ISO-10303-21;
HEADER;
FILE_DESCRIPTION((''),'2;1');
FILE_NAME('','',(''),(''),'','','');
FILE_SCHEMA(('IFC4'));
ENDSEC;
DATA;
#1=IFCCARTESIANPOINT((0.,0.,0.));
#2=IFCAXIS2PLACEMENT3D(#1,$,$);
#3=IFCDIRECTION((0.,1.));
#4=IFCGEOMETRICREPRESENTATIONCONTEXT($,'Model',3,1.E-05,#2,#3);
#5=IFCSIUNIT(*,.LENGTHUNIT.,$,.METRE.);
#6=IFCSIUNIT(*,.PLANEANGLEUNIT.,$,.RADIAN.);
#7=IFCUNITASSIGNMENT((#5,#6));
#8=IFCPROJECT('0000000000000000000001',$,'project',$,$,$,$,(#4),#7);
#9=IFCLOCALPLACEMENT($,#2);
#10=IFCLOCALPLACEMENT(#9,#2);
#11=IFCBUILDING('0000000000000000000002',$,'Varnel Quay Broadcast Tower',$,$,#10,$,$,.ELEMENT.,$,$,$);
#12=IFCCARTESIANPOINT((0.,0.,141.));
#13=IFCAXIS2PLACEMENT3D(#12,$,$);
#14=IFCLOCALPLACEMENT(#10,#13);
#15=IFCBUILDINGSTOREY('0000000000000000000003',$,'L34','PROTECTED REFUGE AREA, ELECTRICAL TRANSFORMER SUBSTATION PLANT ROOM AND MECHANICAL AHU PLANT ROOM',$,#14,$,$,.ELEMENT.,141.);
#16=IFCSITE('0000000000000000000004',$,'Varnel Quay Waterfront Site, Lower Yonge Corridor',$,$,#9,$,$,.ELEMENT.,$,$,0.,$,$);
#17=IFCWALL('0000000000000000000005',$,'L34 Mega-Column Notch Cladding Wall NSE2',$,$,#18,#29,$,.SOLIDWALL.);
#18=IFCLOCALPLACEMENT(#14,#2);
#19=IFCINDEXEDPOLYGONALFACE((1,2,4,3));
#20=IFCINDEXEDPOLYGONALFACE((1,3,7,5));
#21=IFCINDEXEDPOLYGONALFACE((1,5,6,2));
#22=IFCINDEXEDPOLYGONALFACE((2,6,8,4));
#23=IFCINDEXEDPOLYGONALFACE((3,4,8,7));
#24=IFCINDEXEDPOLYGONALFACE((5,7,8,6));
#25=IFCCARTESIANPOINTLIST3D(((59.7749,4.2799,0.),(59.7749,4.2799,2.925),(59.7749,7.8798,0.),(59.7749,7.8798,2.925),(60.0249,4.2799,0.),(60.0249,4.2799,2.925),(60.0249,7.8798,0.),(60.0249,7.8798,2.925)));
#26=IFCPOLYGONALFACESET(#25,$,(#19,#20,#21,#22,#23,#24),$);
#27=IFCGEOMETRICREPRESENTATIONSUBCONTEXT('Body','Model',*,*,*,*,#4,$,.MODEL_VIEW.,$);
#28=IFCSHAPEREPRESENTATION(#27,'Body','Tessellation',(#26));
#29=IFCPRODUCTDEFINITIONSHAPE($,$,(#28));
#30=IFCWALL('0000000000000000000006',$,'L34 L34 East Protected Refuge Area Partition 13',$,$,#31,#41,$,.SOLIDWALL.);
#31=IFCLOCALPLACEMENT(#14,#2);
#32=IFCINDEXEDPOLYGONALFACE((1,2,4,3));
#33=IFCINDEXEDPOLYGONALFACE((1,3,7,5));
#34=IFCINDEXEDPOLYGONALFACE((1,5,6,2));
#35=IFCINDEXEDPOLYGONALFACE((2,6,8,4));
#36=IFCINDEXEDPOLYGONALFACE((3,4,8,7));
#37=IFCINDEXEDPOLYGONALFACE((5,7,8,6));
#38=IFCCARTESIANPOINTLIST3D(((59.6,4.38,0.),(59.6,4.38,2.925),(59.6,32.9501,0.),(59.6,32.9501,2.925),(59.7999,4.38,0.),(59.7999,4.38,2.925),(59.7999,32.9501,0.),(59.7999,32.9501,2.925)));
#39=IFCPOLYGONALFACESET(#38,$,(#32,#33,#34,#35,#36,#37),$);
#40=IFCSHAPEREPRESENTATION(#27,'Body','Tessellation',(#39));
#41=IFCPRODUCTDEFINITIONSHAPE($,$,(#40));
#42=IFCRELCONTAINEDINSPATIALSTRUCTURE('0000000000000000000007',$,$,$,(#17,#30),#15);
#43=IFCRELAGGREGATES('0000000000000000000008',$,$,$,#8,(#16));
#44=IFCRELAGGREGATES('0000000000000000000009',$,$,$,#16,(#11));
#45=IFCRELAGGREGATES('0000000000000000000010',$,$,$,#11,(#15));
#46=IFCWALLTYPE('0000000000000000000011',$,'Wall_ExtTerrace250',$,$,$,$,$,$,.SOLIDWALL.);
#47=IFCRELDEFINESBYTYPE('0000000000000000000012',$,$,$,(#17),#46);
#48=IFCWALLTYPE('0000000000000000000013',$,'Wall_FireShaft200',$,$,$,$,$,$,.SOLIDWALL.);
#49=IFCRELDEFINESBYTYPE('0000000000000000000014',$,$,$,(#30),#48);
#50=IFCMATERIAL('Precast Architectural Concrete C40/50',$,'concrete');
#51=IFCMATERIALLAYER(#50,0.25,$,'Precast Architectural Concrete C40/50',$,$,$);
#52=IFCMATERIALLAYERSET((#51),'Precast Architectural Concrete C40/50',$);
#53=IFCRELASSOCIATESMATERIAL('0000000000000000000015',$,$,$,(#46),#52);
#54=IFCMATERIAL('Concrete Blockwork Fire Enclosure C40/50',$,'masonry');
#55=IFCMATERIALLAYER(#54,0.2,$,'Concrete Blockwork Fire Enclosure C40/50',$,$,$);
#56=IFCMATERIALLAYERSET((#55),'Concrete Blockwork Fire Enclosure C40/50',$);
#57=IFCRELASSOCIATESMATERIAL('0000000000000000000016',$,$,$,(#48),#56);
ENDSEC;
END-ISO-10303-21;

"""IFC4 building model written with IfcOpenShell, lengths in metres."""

from ifc_helpers import new_model, si_unit, direction, frame, frame_2d, origin, place, context, subcontext, project, spatial, rectangle, extrude, material, layer, layer_set, type_object, element, save


model = new_model("IFC4")

# Units and contexts
model_context = context("Model", 3, precision=1e-05, world=origin(), true_north=direction((0.0, 1.0)))
body_context = subcontext(model_context, "Body", "Model", "MODEL_VIEW")
ifc_project = project(units=[si_unit("LENGTHUNIT", "METRE"), si_unit("PLANEANGLEUNIT", "RADIAN")], contexts=[model_context])

# Site, building, storey
site_placement = place(None, origin())
site = spatial("IfcSite", under=ifc_project, at=site_placement, Name="Varnel Quay Waterfront Site, Lower Yonge Corridor", CompositionType="ELEMENT", RefElevation=0.0)
building_placement = place(site_placement, origin())
building = spatial("IfcBuilding", under=site, at=building_placement, Name="Varnel Quay Broadcast Tower", CompositionType="ELEMENT")
storey_placement = place(building_placement, frame((0.0, 0.0, 141.0)))
storey = spatial("IfcBuildingStorey", under=building, at=storey_placement, Name="L34", Description="PROTECTED REFUGE AREA, ELECTRICAL TRANSFORMER SUBSTATION PLANT ROOM AND MECHANICAL AHU PLANT ROOM", CompositionType="ELEMENT", Elevation=141.0)

# Walls
ifc_material_1 = material(Name="Precast Architectural Concrete C40/50", Category="concrete")
ifc_layer_1 = layer(ifc_material_1, 0.25, Name="Precast Architectural Concrete C40/50")
ifc_layer_set_1 = layer_set([ifc_layer_1], Name="Precast Architectural Concrete C40/50")
wall_type_1 = type_object("IfcWallType", Name="Wall_ExtTerrace250", PredefinedType="SOLIDWALL", material=ifc_layer_set_1)
wall_1_placement = place(storey_placement, frame((59.8999, 4.28, 0.0), z_axis=(0.0, 0.0, 1.0), x_axis=(0.0, 1.0, 0.0)))
element("IfcWall", 1, at=wall_1_placement, inside=storey, type_object=wall_type_1, Name="L34 Mega-Column Notch Cladding Wall NSE2", PredefinedType="SOLIDWALL", context=body_context, shape_type="SweptSolid", body=[
    extrude(rectangle(XDim=3.5999, YDim=0.25, at=frame_2d((1.7998, 0.0))), origin(), (0.0, 0.0, 1.0), 2.925),
])
ifc_material_2 = material(Name="Concrete Blockwork Fire Enclosure C40/50", Category="masonry")
ifc_layer_2 = layer(ifc_material_2, 0.2, Name="Concrete Blockwork Fire Enclosure C40/50")
ifc_layer_set_2 = layer_set([ifc_layer_2], Name="Concrete Blockwork Fire Enclosure C40/50")
wall_type_2 = type_object("IfcWallType", Name="Wall_FireShaft200", PredefinedType="SOLIDWALL", material=ifc_layer_set_2)
wall_2_placement = place(storey_placement, frame((59.7, 4.3799, 0.0), z_axis=(0.0, 0.0, 1.0), x_axis=(0.0, 1.0, 0.0)))
element("IfcWall", 2, at=wall_2_placement, inside=storey, type_object=wall_type_2, Name="L34 L34 East Protected Refuge Area Partition 13", PredefinedType="SOLIDWALL", context=body_context, shape_type="SweptSolid", body=[
    extrude(rectangle(XDim=28.5701, YDim=0.2, at=frame_2d((14.2852, 0.0))), origin(), (0.0, 0.0, 1.0), 2.925),
])

save(model, "model.ifc")
